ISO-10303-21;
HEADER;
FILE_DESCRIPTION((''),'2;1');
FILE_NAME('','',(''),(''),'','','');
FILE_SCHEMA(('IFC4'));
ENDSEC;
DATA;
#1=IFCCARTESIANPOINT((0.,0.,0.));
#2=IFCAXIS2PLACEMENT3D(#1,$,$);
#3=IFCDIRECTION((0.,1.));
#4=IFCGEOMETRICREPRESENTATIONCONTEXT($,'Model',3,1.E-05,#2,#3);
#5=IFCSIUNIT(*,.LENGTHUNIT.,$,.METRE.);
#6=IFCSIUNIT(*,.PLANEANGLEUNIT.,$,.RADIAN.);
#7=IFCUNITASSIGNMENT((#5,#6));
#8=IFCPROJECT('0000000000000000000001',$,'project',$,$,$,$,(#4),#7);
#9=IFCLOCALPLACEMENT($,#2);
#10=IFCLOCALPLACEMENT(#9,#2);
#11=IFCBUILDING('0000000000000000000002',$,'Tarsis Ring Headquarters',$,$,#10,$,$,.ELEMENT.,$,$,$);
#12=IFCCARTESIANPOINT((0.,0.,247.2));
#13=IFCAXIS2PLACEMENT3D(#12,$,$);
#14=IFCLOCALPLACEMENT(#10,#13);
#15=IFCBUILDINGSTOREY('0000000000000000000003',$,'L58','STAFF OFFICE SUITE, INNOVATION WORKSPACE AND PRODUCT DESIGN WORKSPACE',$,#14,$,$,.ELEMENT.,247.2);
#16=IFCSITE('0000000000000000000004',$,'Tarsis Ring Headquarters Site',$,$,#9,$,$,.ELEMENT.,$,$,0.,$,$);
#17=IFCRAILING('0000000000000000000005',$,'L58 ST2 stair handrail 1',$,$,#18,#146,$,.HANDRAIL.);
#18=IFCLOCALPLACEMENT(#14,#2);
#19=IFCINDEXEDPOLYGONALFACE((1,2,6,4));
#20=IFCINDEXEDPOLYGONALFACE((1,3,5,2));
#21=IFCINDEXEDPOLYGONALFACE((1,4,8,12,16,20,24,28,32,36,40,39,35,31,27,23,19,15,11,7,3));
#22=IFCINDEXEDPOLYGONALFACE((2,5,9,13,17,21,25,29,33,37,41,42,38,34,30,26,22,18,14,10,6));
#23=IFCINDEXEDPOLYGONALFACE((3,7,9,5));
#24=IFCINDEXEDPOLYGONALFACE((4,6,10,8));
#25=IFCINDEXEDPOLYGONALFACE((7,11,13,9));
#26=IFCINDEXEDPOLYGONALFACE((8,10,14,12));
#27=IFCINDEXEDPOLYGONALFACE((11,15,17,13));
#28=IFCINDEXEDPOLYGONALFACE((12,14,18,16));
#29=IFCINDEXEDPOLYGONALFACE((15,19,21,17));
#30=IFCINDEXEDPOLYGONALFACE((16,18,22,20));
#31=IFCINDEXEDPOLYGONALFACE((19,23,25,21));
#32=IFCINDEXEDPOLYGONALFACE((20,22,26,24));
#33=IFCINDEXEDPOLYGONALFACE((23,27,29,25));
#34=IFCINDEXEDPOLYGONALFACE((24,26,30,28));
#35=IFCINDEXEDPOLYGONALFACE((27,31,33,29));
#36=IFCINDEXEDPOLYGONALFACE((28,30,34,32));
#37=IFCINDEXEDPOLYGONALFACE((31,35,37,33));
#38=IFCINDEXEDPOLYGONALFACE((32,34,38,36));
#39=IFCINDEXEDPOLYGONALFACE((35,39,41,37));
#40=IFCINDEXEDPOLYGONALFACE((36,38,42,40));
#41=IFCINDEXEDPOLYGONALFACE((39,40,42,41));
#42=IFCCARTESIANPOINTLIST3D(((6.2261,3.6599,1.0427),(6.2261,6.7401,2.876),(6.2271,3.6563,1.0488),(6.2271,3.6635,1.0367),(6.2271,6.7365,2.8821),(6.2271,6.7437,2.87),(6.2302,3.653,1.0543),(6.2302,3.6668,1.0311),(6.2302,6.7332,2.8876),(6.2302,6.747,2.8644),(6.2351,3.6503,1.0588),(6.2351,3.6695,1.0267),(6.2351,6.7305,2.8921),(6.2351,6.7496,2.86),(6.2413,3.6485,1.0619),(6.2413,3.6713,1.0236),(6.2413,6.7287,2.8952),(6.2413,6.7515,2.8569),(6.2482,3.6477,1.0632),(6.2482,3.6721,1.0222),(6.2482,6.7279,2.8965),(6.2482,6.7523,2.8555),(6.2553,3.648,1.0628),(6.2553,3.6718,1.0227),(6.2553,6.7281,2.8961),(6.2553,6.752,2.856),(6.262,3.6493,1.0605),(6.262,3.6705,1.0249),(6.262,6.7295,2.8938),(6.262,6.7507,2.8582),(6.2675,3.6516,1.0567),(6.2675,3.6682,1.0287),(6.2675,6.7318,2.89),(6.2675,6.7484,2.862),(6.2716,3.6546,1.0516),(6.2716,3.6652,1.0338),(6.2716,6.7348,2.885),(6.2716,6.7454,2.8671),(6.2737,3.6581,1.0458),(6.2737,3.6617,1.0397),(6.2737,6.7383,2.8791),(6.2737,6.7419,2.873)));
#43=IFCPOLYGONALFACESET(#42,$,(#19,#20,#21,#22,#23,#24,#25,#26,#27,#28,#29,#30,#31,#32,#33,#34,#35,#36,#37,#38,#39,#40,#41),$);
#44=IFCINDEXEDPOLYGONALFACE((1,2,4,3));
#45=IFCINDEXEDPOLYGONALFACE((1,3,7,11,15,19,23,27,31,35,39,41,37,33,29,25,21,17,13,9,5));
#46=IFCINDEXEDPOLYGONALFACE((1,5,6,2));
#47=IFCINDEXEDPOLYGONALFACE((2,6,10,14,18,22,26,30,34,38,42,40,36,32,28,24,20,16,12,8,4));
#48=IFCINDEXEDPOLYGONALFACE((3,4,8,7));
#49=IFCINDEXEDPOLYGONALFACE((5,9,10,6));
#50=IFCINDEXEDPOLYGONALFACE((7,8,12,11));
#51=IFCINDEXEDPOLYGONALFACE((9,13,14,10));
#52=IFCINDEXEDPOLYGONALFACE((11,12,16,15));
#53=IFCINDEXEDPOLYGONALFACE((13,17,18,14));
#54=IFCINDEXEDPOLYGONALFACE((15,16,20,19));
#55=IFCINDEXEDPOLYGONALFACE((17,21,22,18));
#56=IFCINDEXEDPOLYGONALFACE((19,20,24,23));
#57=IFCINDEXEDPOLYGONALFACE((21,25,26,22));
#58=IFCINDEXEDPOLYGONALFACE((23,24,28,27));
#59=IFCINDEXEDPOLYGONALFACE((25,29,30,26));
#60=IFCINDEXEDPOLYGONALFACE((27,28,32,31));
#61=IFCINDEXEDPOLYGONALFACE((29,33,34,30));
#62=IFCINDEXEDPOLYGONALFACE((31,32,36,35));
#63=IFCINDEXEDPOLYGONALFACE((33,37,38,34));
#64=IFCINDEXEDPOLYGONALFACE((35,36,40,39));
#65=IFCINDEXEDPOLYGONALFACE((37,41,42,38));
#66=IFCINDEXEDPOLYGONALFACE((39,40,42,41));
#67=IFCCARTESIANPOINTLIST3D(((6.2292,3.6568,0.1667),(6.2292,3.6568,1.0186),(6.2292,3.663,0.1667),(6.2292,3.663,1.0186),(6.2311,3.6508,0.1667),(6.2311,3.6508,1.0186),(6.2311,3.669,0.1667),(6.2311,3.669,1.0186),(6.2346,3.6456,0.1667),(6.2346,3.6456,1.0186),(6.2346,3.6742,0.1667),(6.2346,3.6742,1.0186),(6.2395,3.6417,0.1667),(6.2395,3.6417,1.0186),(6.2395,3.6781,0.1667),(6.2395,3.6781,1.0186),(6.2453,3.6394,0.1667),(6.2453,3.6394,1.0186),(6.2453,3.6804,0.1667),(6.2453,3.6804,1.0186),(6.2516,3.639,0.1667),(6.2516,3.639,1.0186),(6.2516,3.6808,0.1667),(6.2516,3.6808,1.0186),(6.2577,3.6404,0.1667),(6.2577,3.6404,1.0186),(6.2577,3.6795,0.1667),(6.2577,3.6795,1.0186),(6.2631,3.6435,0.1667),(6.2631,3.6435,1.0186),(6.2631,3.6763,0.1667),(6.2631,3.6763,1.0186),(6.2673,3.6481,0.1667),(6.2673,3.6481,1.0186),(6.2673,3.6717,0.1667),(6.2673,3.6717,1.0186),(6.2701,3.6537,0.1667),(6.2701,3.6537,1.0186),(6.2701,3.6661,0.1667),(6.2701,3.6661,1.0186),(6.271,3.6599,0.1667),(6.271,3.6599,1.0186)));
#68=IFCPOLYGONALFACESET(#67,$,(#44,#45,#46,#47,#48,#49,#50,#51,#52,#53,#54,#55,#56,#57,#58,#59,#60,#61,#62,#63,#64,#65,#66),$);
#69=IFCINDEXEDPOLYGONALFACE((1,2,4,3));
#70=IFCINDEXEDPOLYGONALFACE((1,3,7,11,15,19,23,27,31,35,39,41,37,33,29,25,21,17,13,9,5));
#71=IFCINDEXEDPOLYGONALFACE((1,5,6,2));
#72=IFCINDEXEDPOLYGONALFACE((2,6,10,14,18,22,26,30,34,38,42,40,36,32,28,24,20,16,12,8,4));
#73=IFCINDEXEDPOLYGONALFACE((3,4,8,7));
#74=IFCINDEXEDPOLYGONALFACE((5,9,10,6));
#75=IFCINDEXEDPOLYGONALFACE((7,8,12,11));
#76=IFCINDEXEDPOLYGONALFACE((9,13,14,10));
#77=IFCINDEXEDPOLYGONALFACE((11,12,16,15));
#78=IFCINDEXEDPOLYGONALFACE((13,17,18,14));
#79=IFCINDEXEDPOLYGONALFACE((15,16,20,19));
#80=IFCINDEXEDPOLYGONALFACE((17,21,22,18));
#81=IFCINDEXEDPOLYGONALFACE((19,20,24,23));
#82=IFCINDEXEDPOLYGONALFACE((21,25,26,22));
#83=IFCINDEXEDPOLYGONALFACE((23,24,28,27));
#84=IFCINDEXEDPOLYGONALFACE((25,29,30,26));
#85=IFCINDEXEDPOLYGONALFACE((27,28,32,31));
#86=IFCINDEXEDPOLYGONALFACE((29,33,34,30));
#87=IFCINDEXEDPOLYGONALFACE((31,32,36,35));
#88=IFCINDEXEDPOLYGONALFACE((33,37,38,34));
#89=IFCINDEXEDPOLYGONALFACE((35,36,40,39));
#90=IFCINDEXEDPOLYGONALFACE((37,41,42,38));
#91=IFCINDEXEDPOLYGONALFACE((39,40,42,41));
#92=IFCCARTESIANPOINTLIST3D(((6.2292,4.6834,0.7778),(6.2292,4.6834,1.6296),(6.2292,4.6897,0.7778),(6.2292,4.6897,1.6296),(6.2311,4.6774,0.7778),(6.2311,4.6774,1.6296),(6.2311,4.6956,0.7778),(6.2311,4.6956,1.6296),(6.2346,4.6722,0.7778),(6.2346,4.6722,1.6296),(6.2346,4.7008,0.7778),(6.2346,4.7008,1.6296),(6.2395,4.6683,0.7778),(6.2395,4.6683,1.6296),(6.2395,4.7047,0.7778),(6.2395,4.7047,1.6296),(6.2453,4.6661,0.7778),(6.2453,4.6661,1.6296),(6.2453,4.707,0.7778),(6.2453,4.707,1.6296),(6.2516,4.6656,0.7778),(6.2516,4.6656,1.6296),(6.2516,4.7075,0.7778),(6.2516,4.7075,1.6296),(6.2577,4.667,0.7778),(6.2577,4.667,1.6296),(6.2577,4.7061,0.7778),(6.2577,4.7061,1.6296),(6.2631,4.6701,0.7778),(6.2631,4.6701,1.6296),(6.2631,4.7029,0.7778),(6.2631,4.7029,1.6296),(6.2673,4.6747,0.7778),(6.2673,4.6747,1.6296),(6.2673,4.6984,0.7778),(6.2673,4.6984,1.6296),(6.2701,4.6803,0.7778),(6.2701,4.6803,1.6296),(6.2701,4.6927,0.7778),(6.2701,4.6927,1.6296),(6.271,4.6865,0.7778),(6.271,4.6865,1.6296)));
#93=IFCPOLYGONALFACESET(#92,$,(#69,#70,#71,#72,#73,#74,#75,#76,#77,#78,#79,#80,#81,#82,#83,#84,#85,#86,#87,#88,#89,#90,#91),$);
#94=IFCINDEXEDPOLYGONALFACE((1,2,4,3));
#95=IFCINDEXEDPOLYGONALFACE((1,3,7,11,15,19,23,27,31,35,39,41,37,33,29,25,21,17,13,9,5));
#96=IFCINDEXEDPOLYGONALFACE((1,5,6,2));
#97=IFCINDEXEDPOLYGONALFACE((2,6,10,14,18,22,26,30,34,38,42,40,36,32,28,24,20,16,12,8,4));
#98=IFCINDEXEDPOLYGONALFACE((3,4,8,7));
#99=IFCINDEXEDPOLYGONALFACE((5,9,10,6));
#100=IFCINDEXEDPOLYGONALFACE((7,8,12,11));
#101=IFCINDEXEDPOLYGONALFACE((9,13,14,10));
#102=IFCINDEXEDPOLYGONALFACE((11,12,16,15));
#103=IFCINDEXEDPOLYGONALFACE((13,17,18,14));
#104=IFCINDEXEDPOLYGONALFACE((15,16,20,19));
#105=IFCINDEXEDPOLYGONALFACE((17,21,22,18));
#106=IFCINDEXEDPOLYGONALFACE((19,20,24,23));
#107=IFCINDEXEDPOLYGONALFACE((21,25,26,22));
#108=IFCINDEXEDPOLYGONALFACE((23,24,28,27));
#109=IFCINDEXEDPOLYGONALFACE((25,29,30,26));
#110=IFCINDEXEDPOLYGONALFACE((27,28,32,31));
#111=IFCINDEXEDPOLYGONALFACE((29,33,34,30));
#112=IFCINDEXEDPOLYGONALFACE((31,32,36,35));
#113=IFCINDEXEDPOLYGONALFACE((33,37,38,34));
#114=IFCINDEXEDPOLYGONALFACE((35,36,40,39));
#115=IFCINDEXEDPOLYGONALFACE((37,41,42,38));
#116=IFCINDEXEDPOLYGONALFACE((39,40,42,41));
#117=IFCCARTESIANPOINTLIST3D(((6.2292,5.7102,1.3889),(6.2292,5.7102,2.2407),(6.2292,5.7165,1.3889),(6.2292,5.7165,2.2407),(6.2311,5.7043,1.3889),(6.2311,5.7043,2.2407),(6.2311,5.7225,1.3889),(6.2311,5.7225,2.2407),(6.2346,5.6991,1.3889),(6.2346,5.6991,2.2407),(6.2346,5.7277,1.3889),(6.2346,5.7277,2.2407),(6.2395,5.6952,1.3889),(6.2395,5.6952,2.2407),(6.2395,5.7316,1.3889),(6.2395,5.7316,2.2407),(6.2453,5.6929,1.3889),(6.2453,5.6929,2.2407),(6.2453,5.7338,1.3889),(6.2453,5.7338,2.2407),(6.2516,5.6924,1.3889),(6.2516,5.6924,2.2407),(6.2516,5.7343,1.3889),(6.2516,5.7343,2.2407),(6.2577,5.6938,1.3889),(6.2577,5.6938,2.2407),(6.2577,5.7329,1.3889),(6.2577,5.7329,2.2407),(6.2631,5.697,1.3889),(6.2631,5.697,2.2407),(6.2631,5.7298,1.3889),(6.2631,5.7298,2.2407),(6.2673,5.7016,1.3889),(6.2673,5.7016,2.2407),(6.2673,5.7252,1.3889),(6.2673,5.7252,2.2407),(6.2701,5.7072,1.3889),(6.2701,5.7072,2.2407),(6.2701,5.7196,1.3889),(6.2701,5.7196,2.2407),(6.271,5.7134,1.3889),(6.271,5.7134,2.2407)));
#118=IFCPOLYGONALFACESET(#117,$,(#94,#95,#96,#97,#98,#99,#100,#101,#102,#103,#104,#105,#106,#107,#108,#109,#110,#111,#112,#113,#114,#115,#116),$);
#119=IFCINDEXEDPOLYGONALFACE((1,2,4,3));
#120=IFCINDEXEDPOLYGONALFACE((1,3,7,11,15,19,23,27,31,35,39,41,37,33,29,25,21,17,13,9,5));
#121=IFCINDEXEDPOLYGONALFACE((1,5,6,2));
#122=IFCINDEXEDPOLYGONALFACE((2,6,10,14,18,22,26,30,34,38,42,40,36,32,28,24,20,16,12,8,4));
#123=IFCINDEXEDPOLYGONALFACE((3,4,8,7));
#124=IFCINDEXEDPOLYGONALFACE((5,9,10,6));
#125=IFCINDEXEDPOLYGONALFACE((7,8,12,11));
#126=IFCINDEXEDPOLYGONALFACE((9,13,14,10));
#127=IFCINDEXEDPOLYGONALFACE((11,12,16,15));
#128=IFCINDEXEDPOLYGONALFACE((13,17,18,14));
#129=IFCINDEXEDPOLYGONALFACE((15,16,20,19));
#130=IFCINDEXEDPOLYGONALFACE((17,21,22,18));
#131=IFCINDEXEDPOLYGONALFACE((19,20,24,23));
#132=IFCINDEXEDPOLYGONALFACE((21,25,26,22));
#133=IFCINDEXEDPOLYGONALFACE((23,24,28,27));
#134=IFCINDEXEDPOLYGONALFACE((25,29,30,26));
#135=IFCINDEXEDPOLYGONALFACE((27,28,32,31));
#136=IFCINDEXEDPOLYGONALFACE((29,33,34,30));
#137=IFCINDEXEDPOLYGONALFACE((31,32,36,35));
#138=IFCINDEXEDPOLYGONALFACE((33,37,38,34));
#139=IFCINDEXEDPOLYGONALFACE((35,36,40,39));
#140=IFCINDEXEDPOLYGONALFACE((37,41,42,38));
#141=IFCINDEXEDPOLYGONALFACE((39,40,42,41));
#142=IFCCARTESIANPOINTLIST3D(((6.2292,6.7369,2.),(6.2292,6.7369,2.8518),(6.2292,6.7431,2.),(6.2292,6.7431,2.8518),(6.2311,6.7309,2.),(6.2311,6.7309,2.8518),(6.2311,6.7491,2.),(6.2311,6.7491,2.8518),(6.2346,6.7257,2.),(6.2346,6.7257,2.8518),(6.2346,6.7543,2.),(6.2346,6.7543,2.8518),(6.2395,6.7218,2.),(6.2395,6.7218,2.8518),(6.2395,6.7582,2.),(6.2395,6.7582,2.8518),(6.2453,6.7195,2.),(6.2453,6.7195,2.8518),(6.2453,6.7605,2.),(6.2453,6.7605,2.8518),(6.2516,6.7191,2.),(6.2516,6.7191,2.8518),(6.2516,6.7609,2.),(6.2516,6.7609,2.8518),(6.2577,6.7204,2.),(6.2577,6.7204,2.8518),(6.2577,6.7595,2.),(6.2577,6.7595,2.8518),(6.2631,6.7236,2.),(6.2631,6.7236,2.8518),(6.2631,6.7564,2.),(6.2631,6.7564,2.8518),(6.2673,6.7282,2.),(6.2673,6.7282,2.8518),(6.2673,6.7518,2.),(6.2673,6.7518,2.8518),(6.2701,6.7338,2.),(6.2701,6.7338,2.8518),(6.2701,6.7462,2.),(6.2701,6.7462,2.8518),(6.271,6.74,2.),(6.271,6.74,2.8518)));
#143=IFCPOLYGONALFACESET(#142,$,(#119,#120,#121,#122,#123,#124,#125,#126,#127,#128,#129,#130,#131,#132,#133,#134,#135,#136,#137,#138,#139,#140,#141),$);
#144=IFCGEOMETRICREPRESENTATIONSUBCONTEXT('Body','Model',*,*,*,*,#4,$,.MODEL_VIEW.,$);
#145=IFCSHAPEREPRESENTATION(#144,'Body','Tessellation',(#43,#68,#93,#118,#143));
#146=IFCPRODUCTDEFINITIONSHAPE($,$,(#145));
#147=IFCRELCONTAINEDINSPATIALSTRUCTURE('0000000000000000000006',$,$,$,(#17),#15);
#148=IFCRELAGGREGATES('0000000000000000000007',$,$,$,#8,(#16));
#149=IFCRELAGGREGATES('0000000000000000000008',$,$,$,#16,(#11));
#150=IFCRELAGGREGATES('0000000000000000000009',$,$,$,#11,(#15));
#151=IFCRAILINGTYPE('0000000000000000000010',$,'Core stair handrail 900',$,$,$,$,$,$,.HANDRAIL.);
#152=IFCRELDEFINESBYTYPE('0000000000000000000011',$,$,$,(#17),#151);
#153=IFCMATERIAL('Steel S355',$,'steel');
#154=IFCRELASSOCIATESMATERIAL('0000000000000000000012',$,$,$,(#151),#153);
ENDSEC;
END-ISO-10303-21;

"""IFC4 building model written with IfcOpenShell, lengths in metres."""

from ifc_helpers import new_model, si_unit, direction, frame, origin, origin_2d, place, context, subcontext, project, spatial, circle, extrude, material, type_object, element, save


model = new_model("IFC4")

# Units and contexts
model_context = context("Model", 3, precision=1e-05, world=origin(), true_north=direction((0.0, 1.0)))
body_context = subcontext(model_context, "Body", "Model", "MODEL_VIEW")
ifc_project = project(units=[si_unit("LENGTHUNIT", "METRE"), si_unit("PLANEANGLEUNIT", "RADIAN")], contexts=[model_context])

# Site, building, storey
site_placement = place(None, origin())
site = spatial("IfcSite", under=ifc_project, at=site_placement, Name="Tarsis Ring Headquarters Site", CompositionType="ELEMENT", RefElevation=0.0)
building_placement = place(site_placement, origin())
building = spatial("IfcBuilding", under=site, at=building_placement, Name="Tarsis Ring Headquarters", CompositionType="ELEMENT")
storey_placement = place(building_placement, frame((0.0, 0.0, 247.2)))
storey = spatial("IfcBuildingStorey", under=building, at=storey_placement, Name="L58", Description="STAFF OFFICE SUITE, INNOVATION WORKSPACE AND PRODUCT DESIGN WORKSPACE", CompositionType="ELEMENT", Elevation=247.2)

# Railing
ifc_material_1 = material(Name="Steel S355", Category="steel")
railing_type_1 = type_object("IfcRailingType", Name="Core stair handrail 900", PredefinedType="HANDRAIL", material=ifc_material_1)
railing_1_placement = place(storey_placement, frame((6.25, 3.6599, 0.1667)))
element("IfcRailing", 1, at=railing_1_placement, inside=storey, type_object=railing_type_1, Name="L58 ST2 stair handrail 1", PredefinedType="HANDRAIL", context=body_context, shape_type="SweptSolid", body=[
    extrude(circle(Radius=0.0239, at=origin_2d()), frame((0.0, 0.0, 0.876), z_axis=(0.0, 0.859309, 0.511458), x_axis=(-1.0, 0.0, 0.0)), (0.0, 0.0, 1.0), 3.5845),
    extrude(circle(Radius=0.021, at=origin_2d()), origin(), (0.0, 0.0, 1.0), 0.8518),
    extrude(circle(Radius=0.021, at=origin_2d()), frame((0.0, 1.0266, 0.6111)), (0.0, 0.0, 1.0), 0.8518),
    extrude(circle(Radius=0.021, at=origin_2d()), frame((0.0, 2.0535, 1.2222)), (0.0, 0.0, 1.0), 0.8518),
    extrude(circle(Radius=0.021, at=origin_2d()), frame((0.0, 3.0801, 1.8333)), (0.0, 0.0, 1.0), 0.8518),
])

save(model, "model.ifc")
